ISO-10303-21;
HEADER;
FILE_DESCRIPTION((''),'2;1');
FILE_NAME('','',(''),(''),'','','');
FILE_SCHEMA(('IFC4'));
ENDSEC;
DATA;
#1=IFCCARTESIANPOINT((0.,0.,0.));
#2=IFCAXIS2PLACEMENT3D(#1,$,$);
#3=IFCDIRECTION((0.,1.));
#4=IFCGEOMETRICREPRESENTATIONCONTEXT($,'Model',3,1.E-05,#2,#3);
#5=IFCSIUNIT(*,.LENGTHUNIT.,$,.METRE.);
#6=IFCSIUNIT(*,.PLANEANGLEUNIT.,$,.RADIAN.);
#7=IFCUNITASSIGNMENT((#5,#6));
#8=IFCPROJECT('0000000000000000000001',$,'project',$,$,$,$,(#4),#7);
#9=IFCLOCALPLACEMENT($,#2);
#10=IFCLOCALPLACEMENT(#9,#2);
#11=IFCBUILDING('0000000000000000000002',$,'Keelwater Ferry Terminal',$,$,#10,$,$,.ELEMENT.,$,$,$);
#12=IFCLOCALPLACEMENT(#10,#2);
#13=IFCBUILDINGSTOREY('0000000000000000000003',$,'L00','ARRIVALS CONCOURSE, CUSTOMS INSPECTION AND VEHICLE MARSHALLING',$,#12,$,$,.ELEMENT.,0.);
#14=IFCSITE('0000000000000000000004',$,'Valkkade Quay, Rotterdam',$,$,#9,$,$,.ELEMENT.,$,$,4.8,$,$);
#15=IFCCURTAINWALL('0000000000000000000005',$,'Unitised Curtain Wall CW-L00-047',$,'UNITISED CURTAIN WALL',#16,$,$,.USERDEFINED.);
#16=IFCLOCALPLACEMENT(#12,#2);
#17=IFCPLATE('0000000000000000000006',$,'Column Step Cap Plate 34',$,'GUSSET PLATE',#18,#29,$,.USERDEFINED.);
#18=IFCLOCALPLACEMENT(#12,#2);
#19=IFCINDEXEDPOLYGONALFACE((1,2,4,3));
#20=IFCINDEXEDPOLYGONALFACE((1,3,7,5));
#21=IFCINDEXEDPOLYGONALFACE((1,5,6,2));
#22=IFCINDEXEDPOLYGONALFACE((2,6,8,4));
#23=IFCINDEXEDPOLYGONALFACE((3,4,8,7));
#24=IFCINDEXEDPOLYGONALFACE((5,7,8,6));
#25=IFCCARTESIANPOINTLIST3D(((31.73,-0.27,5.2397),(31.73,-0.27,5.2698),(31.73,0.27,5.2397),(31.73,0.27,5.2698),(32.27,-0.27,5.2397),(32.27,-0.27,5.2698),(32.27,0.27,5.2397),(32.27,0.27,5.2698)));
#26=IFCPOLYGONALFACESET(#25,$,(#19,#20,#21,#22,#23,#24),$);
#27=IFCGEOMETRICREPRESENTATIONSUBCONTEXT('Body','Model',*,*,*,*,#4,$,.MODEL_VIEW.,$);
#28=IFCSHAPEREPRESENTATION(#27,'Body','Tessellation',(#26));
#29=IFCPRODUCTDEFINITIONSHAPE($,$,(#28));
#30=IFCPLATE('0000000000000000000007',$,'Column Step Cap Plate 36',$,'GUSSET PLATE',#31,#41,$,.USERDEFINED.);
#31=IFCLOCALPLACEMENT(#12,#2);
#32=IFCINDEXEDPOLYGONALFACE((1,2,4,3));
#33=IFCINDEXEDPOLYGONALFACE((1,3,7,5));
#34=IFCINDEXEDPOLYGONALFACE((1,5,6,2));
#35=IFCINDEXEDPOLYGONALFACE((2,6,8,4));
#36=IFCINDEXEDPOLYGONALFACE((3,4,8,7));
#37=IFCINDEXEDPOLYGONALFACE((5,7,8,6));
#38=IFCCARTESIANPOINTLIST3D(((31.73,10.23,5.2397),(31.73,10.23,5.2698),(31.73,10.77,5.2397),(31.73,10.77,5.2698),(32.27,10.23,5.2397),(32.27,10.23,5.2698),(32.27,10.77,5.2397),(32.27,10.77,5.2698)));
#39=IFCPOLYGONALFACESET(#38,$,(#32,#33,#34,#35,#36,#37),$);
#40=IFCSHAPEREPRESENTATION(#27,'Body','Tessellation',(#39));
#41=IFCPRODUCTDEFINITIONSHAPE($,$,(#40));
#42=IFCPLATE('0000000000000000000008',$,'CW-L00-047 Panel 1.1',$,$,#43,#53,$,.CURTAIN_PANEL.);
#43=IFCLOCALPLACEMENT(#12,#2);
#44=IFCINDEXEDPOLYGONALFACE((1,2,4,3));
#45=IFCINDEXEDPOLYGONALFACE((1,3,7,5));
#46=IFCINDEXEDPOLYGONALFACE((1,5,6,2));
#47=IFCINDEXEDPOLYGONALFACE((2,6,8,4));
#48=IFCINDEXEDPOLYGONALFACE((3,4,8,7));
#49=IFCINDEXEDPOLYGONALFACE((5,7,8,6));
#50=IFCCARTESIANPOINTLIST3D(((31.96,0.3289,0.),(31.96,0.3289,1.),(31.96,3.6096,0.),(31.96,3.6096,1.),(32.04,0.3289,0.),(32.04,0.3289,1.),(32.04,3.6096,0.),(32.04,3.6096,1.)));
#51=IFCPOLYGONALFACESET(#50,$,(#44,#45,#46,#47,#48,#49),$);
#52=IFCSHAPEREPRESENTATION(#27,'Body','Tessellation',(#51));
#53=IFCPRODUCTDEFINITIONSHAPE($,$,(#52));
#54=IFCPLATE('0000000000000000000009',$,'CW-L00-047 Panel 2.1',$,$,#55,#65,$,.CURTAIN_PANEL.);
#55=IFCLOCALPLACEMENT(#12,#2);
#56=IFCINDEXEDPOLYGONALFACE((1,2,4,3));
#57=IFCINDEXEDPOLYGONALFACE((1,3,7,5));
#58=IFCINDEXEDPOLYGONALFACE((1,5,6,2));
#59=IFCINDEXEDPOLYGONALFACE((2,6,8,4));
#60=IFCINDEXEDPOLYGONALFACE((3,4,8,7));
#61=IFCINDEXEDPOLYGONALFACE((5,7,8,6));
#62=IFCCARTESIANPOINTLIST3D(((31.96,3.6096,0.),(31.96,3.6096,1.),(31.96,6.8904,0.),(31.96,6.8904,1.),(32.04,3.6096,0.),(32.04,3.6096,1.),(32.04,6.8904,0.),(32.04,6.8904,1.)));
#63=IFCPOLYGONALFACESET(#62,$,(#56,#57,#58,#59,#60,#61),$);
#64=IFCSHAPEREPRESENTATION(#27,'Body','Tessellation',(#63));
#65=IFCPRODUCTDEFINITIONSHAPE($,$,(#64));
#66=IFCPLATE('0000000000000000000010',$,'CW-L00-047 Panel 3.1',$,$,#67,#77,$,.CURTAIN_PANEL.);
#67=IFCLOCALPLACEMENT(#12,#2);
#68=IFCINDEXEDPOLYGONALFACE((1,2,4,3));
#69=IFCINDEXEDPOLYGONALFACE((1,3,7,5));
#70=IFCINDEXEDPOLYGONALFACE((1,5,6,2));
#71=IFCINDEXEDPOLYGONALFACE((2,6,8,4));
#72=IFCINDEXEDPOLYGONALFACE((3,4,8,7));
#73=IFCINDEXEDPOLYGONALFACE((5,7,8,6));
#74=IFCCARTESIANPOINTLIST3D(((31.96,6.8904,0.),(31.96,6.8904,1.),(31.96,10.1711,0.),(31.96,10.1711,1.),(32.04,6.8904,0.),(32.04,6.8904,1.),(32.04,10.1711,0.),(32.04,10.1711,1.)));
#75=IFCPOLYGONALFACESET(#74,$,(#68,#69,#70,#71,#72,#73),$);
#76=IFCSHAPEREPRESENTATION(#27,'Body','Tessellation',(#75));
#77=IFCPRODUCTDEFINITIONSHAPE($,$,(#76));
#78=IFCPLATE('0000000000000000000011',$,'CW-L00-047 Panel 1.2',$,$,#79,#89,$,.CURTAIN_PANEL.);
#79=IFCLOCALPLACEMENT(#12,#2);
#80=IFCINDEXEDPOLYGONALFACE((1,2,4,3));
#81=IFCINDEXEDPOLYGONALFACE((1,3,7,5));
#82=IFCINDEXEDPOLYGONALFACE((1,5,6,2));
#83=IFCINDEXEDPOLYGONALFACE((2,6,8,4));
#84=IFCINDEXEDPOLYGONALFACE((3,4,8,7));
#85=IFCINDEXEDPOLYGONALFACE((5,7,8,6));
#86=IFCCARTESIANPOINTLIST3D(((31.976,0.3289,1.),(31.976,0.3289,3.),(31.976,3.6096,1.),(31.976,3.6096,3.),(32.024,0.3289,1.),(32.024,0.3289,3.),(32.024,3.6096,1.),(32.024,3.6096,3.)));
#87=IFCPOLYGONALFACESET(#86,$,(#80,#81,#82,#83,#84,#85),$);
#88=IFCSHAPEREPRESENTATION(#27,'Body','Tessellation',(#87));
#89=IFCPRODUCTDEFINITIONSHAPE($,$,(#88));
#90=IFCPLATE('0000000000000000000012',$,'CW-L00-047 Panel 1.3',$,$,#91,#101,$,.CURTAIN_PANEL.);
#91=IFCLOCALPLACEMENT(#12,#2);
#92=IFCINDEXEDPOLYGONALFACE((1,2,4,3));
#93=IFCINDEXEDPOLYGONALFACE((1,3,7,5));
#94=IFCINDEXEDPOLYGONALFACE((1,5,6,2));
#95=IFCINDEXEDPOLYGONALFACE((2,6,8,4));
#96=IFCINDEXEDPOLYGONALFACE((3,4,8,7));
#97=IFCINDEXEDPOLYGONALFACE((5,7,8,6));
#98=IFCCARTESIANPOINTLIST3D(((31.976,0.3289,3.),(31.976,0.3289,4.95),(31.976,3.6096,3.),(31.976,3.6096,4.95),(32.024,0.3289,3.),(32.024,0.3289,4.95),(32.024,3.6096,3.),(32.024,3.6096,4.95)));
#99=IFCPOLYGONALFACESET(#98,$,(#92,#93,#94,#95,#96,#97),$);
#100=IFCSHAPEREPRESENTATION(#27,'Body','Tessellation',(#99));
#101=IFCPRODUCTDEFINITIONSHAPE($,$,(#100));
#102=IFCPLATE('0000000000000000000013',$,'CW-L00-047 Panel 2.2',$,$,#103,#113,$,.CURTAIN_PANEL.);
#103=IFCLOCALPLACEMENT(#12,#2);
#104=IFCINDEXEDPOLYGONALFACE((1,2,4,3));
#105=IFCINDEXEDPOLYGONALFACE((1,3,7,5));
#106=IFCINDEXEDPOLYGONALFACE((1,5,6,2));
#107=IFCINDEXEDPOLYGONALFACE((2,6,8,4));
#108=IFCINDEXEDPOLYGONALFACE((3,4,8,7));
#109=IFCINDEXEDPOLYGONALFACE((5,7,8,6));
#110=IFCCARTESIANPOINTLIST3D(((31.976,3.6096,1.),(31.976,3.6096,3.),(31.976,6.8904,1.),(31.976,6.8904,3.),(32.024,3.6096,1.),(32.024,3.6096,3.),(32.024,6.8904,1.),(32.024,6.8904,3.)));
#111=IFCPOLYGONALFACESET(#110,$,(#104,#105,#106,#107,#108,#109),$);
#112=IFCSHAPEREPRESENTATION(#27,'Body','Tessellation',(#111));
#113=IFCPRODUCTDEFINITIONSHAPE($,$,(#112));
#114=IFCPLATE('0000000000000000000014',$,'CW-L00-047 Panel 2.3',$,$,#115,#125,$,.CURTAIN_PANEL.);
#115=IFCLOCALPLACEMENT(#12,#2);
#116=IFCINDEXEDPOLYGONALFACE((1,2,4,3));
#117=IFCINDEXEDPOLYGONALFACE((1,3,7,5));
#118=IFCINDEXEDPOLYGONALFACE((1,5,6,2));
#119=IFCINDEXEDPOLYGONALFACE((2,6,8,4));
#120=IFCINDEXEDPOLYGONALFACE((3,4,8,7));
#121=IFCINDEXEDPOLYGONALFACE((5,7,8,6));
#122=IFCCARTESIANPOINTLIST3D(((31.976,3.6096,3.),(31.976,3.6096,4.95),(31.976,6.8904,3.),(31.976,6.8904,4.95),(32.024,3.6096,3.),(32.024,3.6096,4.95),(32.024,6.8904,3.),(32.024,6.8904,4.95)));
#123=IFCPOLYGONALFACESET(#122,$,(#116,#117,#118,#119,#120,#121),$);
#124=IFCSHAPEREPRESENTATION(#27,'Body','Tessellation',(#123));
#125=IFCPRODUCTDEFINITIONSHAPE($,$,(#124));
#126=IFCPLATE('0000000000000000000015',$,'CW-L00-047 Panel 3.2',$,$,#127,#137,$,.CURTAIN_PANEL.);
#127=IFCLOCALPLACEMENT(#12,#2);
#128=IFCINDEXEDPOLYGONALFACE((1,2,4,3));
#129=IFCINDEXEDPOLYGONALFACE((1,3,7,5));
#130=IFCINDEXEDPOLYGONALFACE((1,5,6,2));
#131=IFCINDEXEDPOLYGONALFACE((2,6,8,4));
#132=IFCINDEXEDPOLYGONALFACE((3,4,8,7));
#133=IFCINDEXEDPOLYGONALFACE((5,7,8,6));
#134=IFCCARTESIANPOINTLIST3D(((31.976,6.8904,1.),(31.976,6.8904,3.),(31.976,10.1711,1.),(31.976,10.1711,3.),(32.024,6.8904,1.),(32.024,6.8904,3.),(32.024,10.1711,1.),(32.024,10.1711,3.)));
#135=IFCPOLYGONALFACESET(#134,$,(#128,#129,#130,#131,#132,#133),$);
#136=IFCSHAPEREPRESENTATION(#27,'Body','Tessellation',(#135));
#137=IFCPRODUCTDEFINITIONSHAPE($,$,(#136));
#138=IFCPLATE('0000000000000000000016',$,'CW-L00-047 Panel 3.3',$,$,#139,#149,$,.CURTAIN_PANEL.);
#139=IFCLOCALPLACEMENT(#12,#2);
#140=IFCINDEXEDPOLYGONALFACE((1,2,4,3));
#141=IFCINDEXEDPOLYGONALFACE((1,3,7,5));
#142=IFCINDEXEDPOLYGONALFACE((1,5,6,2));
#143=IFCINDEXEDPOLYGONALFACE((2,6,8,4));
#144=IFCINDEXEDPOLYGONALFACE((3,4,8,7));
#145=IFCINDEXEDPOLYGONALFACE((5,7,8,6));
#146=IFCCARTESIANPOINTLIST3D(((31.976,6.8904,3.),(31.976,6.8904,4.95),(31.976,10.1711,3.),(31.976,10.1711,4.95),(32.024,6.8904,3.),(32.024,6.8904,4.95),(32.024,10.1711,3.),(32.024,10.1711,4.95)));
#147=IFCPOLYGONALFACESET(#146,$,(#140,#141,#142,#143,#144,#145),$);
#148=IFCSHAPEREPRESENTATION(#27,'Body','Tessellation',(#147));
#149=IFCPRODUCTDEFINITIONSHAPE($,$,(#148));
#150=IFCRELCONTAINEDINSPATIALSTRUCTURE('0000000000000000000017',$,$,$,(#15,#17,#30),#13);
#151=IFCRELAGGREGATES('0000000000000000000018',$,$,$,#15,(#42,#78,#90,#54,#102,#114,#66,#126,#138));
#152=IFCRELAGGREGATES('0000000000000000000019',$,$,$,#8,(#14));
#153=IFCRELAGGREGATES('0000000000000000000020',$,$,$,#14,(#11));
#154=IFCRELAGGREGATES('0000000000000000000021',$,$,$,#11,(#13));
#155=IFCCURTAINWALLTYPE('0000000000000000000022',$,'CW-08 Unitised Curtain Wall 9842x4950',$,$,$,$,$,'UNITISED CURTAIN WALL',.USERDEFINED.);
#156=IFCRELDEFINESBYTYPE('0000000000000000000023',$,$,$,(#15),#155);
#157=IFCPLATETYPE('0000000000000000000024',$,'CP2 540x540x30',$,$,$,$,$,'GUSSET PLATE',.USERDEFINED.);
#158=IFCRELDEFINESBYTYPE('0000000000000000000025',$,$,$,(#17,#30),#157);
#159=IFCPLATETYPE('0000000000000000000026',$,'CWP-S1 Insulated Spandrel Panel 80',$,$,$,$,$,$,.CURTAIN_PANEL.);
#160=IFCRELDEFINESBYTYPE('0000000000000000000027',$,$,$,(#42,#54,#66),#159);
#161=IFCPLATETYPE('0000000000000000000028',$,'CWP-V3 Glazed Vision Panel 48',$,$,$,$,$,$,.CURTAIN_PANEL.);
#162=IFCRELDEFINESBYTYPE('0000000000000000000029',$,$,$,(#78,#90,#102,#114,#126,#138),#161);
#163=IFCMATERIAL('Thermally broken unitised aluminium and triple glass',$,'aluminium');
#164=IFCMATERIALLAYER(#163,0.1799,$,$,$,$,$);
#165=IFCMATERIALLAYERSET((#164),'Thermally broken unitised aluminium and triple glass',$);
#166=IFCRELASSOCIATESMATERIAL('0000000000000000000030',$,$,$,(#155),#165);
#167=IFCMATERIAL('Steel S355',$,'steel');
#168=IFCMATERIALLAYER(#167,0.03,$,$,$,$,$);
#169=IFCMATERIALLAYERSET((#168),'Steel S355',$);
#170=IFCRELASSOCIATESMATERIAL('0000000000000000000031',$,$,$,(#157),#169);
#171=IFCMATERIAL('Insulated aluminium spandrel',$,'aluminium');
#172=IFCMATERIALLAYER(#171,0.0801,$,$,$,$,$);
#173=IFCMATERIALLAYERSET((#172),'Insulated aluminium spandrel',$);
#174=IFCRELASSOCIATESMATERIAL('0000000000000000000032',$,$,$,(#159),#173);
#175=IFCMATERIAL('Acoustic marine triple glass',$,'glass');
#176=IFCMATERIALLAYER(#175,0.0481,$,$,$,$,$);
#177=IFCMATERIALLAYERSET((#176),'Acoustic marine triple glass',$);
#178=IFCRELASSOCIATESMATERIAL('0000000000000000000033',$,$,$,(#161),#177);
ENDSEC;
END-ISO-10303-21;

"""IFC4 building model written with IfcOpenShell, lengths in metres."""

from ifc_helpers import new_model, si_unit, direction, frame, origin, origin_2d, place, context, subcontext, project, spatial, rectangle, extrude, material, layer, layer_set, type_object, element, aggregate, save


model = new_model("IFC4")

# Units and contexts
model_context = context("Model", 3, precision=1e-05, world=origin(), true_north=direction((0.0, 1.0)))
body_context = subcontext(model_context, "Body", "Model", "MODEL_VIEW")
ifc_project = project(units=[si_unit("LENGTHUNIT", "METRE"), si_unit("PLANEANGLEUNIT", "RADIAN")], contexts=[model_context])

# Site, building, storey
site_placement = place(None, origin())
site = spatial("IfcSite", under=ifc_project, at=site_placement, Name="Valkkade Quay, Rotterdam", CompositionType="ELEMENT", RefElevation=4.8)
building_placement = place(site_placement, origin())
building = spatial("IfcBuilding", under=site, at=building_placement, Name="Keelwater Ferry Terminal", CompositionType="ELEMENT")
storey_placement = place(building_placement, origin())
storey = spatial("IfcBuildingStorey", under=building, at=storey_placement, Name="L00", Description="ARRIVALS CONCOURSE, CUSTOMS INSPECTION AND VEHICLE MARSHALLING", CompositionType="ELEMENT", Elevation=0.0)

# Curtain wall
ifc_material_1 = material(Name="Thermally broken unitised aluminium and triple glass", Category="aluminium")
ifc_layer_1 = layer(ifc_material_1, 0.1799)
ifc_layer_set_1 = layer_set([ifc_layer_1], Name="Thermally broken unitised aluminium and triple glass")
curtain_wall_type = type_object("IfcCurtainWallType", Name="CW-08 Unitised Curtain Wall 9842x4950", ElementType="UNITISED CURTAIN WALL", PredefinedType="USERDEFINED", material=ifc_layer_set_1)
curtain_wall_placement = place(storey_placement, origin())
curtain_wall = element("IfcCurtainWall", 1, at=curtain_wall_placement, inside=storey, type_object=curtain_wall_type, Name="Unitised Curtain Wall CW-L00-047", ObjectType="UNITISED CURTAIN WALL", PredefinedType="USERDEFINED")

# Plates
ifc_material_2 = material(Name="Steel S355", Category="steel")
ifc_layer_2 = layer(ifc_material_2, 0.03)
ifc_layer_set_2 = layer_set([ifc_layer_2], Name="Steel S355")
plate_type_1 = type_object("IfcPlateType", Name="CP2 540x540x30", ElementType="GUSSET PLATE", PredefinedType="USERDEFINED", material=ifc_layer_set_2)
for number, where, z_axis, x_axis, name in (
    (2, (32.0, 0.0, 5.2397), (0.0, 0.0, 1.0), (1.0, 0.0, 0.0), "Column Step Cap Plate 34"),
    (3, (32.0, 10.5, 5.2397), (0.0, 0.0, 1.0), (1.0, 0.0, 0.0), "Column Step Cap Plate 36"),
):
    element("IfcPlate", number, at=place(storey_placement, frame(where, z_axis=z_axis, x_axis=x_axis)), inside=storey, type_object=plate_type_1, Name=name, ObjectType="GUSSET PLATE", PredefinedType="USERDEFINED", context=body_context, shape_type="SweptSolid", body=[
        extrude(rectangle(XDim=0.54, YDim=0.54, at=origin_2d()), origin(), (0.0, 0.0, 1.0), 0.03),
    ])

# Plates
ifc_material_3 = material(Name="Insulated aluminium spandrel", Category="aluminium")
ifc_layer_3 = layer(ifc_material_3, 0.0801)
ifc_layer_set_3 = layer_set([ifc_layer_3], Name="Insulated aluminium spandrel")
plate_type_2 = type_object("IfcPlateType", Name="CWP-S1 Insulated Spandrel Panel 80", PredefinedType="CURTAIN_PANEL", material=ifc_layer_set_3)
plate_1_placement = place(storey_placement, frame((32.0, 1.9692, 0.0), z_axis=(0.0, 0.0, 1.0), x_axis=(0.0, 1.0, 0.0)))
plate_1 = element("IfcPlate", 4, at=plate_1_placement, type_object=plate_type_2, Name="CW-L00-047 Panel 1.1", PredefinedType="CURTAIN_PANEL", context=body_context, shape_type="SweptSolid", body=[
    extrude(rectangle(XDim=3.2808, YDim=0.0801, at=origin_2d()), origin(), (0.0, 0.0, 1.0), 1.0),
])
plate_2_placement = place(storey_placement, frame((32.0, 5.25, 0.0), z_axis=(0.0, 0.0, 1.0), x_axis=(0.0, 1.0, 0.0)))
plate_2 = element("IfcPlate", 5, at=plate_2_placement, type_object=plate_type_2, Name="CW-L00-047 Panel 2.1", PredefinedType="CURTAIN_PANEL", context=body_context, shape_type="SweptSolid", body=[
    extrude(rectangle(XDim=3.2808, YDim=0.0801, at=origin_2d()), origin(), (0.0, 0.0, 1.0), 1.0),
])
plate_3_placement = place(storey_placement, frame((32.0, 8.5308, 0.0), z_axis=(0.0, 0.0, 1.0), x_axis=(0.0, 1.0, 0.0)))
plate_3 = element("IfcPlate", 6, at=plate_3_placement, type_object=plate_type_2, Name="CW-L00-047 Panel 3.1", PredefinedType="CURTAIN_PANEL", context=body_context, shape_type="SweptSolid", body=[
    extrude(rectangle(XDim=3.2808, YDim=0.0801, at=origin_2d()), origin(), (0.0, 0.0, 1.0), 1.0),
])
ifc_material_4 = material(Name="Acoustic marine triple glass", Category="glass")
ifc_layer_4 = layer(ifc_material_4, 0.0481)
ifc_layer_set_4 = layer_set([ifc_layer_4], Name="Acoustic marine triple glass")
plate_type_3 = type_object("IfcPlateType", Name="CWP-V3 Glazed Vision Panel 48", PredefinedType="CURTAIN_PANEL", material=ifc_layer_set_4)
plate_4_placement = place(storey_placement, frame((32.0, 1.9692, 1.0), z_axis=(0.0, 0.0, 1.0), x_axis=(0.0, 1.0, 0.0)))
plate_4 = element("IfcPlate", 7, at=plate_4_placement, type_object=plate_type_3, Name="CW-L00-047 Panel 1.2", PredefinedType="CURTAIN_PANEL", context=body_context, shape_type="SweptSolid", body=[
    extrude(rectangle(XDim=3.2808, YDim=0.0481, at=origin_2d()), origin(), (0.0, 0.0, 1.0), 2.0),
])
plate_5_placement = place(storey_placement, frame((32.0, 1.9692, 3.0), z_axis=(0.0, 0.0, 1.0), x_axis=(0.0, 1.0, 0.0)))
plate_5 = element("IfcPlate", 8, at=plate_5_placement, type_object=plate_type_3, Name="CW-L00-047 Panel 1.3", PredefinedType="CURTAIN_PANEL", context=body_context, shape_type="SweptSolid", body=[
    extrude(rectangle(XDim=3.2808, YDim=0.0481, at=origin_2d()), origin(), (0.0, 0.0, 1.0), 1.95),
])
plate_6_placement = place(storey_placement, frame((32.0, 5.25, 1.0), z_axis=(0.0, 0.0, 1.0), x_axis=(0.0, 1.0, 0.0)))
plate_6 = element("IfcPlate", 9, at=plate_6_placement, type_object=plate_type_3, Name="CW-L00-047 Panel 2.2", PredefinedType="CURTAIN_PANEL", context=body_context, shape_type="SweptSolid", body=[
    extrude(rectangle(XDim=3.2808, YDim=0.0481, at=origin_2d()), origin(), (0.0, 0.0, 1.0), 2.0),
])
plate_7_placement = place(storey_placement, frame((32.0, 5.25, 3.0), z_axis=(0.0, 0.0, 1.0), x_axis=(0.0, 1.0, 0.0)))
plate_7 = element("IfcPlate", 10, at=plate_7_placement, type_object=plate_type_3, Name="CW-L00-047 Panel 2.3", PredefinedType="CURTAIN_PANEL", context=body_context, shape_type="SweptSolid", body=[
    extrude(rectangle(XDim=3.2808, YDim=0.0481, at=origin_2d()), origin(), (0.0, 0.0, 1.0), 1.95),
])
plate_8_placement = place(storey_placement, frame((32.0, 8.5308, 1.0), z_axis=(0.0, 0.0, 1.0), x_axis=(0.0, 1.0, 0.0)))
plate_8 = element("IfcPlate", 11, at=plate_8_placement, type_object=plate_type_3, Name="CW-L00-047 Panel 3.2", PredefinedType="CURTAIN_PANEL", context=body_context, shape_type="SweptSolid", body=[
    extrude(rectangle(XDim=3.2808, YDim=0.0481, at=origin_2d()), origin(), (0.0, 0.0, 1.0), 2.0),
])
plate_9_placement = place(storey_placement, frame((32.0, 8.5308, 3.0), z_axis=(0.0, 0.0, 1.0), x_axis=(0.0, 1.0, 0.0)))
plate_9 = element("IfcPlate", 12, at=plate_9_placement, type_object=plate_type_3, Name="CW-L00-047 Panel 3.3", PredefinedType="CURTAIN_PANEL", context=body_context, shape_type="SweptSolid", body=[
    extrude(rectangle(XDim=3.2808, YDim=0.0481, at=origin_2d()), origin(), (0.0, 0.0, 1.0), 1.95),
])
aggregate(curtain_wall, [plate_1, plate_4, plate_5, plate_2, plate_6, plate_7, plate_3, plate_8, plate_9])

save(model, "model.ifc")
